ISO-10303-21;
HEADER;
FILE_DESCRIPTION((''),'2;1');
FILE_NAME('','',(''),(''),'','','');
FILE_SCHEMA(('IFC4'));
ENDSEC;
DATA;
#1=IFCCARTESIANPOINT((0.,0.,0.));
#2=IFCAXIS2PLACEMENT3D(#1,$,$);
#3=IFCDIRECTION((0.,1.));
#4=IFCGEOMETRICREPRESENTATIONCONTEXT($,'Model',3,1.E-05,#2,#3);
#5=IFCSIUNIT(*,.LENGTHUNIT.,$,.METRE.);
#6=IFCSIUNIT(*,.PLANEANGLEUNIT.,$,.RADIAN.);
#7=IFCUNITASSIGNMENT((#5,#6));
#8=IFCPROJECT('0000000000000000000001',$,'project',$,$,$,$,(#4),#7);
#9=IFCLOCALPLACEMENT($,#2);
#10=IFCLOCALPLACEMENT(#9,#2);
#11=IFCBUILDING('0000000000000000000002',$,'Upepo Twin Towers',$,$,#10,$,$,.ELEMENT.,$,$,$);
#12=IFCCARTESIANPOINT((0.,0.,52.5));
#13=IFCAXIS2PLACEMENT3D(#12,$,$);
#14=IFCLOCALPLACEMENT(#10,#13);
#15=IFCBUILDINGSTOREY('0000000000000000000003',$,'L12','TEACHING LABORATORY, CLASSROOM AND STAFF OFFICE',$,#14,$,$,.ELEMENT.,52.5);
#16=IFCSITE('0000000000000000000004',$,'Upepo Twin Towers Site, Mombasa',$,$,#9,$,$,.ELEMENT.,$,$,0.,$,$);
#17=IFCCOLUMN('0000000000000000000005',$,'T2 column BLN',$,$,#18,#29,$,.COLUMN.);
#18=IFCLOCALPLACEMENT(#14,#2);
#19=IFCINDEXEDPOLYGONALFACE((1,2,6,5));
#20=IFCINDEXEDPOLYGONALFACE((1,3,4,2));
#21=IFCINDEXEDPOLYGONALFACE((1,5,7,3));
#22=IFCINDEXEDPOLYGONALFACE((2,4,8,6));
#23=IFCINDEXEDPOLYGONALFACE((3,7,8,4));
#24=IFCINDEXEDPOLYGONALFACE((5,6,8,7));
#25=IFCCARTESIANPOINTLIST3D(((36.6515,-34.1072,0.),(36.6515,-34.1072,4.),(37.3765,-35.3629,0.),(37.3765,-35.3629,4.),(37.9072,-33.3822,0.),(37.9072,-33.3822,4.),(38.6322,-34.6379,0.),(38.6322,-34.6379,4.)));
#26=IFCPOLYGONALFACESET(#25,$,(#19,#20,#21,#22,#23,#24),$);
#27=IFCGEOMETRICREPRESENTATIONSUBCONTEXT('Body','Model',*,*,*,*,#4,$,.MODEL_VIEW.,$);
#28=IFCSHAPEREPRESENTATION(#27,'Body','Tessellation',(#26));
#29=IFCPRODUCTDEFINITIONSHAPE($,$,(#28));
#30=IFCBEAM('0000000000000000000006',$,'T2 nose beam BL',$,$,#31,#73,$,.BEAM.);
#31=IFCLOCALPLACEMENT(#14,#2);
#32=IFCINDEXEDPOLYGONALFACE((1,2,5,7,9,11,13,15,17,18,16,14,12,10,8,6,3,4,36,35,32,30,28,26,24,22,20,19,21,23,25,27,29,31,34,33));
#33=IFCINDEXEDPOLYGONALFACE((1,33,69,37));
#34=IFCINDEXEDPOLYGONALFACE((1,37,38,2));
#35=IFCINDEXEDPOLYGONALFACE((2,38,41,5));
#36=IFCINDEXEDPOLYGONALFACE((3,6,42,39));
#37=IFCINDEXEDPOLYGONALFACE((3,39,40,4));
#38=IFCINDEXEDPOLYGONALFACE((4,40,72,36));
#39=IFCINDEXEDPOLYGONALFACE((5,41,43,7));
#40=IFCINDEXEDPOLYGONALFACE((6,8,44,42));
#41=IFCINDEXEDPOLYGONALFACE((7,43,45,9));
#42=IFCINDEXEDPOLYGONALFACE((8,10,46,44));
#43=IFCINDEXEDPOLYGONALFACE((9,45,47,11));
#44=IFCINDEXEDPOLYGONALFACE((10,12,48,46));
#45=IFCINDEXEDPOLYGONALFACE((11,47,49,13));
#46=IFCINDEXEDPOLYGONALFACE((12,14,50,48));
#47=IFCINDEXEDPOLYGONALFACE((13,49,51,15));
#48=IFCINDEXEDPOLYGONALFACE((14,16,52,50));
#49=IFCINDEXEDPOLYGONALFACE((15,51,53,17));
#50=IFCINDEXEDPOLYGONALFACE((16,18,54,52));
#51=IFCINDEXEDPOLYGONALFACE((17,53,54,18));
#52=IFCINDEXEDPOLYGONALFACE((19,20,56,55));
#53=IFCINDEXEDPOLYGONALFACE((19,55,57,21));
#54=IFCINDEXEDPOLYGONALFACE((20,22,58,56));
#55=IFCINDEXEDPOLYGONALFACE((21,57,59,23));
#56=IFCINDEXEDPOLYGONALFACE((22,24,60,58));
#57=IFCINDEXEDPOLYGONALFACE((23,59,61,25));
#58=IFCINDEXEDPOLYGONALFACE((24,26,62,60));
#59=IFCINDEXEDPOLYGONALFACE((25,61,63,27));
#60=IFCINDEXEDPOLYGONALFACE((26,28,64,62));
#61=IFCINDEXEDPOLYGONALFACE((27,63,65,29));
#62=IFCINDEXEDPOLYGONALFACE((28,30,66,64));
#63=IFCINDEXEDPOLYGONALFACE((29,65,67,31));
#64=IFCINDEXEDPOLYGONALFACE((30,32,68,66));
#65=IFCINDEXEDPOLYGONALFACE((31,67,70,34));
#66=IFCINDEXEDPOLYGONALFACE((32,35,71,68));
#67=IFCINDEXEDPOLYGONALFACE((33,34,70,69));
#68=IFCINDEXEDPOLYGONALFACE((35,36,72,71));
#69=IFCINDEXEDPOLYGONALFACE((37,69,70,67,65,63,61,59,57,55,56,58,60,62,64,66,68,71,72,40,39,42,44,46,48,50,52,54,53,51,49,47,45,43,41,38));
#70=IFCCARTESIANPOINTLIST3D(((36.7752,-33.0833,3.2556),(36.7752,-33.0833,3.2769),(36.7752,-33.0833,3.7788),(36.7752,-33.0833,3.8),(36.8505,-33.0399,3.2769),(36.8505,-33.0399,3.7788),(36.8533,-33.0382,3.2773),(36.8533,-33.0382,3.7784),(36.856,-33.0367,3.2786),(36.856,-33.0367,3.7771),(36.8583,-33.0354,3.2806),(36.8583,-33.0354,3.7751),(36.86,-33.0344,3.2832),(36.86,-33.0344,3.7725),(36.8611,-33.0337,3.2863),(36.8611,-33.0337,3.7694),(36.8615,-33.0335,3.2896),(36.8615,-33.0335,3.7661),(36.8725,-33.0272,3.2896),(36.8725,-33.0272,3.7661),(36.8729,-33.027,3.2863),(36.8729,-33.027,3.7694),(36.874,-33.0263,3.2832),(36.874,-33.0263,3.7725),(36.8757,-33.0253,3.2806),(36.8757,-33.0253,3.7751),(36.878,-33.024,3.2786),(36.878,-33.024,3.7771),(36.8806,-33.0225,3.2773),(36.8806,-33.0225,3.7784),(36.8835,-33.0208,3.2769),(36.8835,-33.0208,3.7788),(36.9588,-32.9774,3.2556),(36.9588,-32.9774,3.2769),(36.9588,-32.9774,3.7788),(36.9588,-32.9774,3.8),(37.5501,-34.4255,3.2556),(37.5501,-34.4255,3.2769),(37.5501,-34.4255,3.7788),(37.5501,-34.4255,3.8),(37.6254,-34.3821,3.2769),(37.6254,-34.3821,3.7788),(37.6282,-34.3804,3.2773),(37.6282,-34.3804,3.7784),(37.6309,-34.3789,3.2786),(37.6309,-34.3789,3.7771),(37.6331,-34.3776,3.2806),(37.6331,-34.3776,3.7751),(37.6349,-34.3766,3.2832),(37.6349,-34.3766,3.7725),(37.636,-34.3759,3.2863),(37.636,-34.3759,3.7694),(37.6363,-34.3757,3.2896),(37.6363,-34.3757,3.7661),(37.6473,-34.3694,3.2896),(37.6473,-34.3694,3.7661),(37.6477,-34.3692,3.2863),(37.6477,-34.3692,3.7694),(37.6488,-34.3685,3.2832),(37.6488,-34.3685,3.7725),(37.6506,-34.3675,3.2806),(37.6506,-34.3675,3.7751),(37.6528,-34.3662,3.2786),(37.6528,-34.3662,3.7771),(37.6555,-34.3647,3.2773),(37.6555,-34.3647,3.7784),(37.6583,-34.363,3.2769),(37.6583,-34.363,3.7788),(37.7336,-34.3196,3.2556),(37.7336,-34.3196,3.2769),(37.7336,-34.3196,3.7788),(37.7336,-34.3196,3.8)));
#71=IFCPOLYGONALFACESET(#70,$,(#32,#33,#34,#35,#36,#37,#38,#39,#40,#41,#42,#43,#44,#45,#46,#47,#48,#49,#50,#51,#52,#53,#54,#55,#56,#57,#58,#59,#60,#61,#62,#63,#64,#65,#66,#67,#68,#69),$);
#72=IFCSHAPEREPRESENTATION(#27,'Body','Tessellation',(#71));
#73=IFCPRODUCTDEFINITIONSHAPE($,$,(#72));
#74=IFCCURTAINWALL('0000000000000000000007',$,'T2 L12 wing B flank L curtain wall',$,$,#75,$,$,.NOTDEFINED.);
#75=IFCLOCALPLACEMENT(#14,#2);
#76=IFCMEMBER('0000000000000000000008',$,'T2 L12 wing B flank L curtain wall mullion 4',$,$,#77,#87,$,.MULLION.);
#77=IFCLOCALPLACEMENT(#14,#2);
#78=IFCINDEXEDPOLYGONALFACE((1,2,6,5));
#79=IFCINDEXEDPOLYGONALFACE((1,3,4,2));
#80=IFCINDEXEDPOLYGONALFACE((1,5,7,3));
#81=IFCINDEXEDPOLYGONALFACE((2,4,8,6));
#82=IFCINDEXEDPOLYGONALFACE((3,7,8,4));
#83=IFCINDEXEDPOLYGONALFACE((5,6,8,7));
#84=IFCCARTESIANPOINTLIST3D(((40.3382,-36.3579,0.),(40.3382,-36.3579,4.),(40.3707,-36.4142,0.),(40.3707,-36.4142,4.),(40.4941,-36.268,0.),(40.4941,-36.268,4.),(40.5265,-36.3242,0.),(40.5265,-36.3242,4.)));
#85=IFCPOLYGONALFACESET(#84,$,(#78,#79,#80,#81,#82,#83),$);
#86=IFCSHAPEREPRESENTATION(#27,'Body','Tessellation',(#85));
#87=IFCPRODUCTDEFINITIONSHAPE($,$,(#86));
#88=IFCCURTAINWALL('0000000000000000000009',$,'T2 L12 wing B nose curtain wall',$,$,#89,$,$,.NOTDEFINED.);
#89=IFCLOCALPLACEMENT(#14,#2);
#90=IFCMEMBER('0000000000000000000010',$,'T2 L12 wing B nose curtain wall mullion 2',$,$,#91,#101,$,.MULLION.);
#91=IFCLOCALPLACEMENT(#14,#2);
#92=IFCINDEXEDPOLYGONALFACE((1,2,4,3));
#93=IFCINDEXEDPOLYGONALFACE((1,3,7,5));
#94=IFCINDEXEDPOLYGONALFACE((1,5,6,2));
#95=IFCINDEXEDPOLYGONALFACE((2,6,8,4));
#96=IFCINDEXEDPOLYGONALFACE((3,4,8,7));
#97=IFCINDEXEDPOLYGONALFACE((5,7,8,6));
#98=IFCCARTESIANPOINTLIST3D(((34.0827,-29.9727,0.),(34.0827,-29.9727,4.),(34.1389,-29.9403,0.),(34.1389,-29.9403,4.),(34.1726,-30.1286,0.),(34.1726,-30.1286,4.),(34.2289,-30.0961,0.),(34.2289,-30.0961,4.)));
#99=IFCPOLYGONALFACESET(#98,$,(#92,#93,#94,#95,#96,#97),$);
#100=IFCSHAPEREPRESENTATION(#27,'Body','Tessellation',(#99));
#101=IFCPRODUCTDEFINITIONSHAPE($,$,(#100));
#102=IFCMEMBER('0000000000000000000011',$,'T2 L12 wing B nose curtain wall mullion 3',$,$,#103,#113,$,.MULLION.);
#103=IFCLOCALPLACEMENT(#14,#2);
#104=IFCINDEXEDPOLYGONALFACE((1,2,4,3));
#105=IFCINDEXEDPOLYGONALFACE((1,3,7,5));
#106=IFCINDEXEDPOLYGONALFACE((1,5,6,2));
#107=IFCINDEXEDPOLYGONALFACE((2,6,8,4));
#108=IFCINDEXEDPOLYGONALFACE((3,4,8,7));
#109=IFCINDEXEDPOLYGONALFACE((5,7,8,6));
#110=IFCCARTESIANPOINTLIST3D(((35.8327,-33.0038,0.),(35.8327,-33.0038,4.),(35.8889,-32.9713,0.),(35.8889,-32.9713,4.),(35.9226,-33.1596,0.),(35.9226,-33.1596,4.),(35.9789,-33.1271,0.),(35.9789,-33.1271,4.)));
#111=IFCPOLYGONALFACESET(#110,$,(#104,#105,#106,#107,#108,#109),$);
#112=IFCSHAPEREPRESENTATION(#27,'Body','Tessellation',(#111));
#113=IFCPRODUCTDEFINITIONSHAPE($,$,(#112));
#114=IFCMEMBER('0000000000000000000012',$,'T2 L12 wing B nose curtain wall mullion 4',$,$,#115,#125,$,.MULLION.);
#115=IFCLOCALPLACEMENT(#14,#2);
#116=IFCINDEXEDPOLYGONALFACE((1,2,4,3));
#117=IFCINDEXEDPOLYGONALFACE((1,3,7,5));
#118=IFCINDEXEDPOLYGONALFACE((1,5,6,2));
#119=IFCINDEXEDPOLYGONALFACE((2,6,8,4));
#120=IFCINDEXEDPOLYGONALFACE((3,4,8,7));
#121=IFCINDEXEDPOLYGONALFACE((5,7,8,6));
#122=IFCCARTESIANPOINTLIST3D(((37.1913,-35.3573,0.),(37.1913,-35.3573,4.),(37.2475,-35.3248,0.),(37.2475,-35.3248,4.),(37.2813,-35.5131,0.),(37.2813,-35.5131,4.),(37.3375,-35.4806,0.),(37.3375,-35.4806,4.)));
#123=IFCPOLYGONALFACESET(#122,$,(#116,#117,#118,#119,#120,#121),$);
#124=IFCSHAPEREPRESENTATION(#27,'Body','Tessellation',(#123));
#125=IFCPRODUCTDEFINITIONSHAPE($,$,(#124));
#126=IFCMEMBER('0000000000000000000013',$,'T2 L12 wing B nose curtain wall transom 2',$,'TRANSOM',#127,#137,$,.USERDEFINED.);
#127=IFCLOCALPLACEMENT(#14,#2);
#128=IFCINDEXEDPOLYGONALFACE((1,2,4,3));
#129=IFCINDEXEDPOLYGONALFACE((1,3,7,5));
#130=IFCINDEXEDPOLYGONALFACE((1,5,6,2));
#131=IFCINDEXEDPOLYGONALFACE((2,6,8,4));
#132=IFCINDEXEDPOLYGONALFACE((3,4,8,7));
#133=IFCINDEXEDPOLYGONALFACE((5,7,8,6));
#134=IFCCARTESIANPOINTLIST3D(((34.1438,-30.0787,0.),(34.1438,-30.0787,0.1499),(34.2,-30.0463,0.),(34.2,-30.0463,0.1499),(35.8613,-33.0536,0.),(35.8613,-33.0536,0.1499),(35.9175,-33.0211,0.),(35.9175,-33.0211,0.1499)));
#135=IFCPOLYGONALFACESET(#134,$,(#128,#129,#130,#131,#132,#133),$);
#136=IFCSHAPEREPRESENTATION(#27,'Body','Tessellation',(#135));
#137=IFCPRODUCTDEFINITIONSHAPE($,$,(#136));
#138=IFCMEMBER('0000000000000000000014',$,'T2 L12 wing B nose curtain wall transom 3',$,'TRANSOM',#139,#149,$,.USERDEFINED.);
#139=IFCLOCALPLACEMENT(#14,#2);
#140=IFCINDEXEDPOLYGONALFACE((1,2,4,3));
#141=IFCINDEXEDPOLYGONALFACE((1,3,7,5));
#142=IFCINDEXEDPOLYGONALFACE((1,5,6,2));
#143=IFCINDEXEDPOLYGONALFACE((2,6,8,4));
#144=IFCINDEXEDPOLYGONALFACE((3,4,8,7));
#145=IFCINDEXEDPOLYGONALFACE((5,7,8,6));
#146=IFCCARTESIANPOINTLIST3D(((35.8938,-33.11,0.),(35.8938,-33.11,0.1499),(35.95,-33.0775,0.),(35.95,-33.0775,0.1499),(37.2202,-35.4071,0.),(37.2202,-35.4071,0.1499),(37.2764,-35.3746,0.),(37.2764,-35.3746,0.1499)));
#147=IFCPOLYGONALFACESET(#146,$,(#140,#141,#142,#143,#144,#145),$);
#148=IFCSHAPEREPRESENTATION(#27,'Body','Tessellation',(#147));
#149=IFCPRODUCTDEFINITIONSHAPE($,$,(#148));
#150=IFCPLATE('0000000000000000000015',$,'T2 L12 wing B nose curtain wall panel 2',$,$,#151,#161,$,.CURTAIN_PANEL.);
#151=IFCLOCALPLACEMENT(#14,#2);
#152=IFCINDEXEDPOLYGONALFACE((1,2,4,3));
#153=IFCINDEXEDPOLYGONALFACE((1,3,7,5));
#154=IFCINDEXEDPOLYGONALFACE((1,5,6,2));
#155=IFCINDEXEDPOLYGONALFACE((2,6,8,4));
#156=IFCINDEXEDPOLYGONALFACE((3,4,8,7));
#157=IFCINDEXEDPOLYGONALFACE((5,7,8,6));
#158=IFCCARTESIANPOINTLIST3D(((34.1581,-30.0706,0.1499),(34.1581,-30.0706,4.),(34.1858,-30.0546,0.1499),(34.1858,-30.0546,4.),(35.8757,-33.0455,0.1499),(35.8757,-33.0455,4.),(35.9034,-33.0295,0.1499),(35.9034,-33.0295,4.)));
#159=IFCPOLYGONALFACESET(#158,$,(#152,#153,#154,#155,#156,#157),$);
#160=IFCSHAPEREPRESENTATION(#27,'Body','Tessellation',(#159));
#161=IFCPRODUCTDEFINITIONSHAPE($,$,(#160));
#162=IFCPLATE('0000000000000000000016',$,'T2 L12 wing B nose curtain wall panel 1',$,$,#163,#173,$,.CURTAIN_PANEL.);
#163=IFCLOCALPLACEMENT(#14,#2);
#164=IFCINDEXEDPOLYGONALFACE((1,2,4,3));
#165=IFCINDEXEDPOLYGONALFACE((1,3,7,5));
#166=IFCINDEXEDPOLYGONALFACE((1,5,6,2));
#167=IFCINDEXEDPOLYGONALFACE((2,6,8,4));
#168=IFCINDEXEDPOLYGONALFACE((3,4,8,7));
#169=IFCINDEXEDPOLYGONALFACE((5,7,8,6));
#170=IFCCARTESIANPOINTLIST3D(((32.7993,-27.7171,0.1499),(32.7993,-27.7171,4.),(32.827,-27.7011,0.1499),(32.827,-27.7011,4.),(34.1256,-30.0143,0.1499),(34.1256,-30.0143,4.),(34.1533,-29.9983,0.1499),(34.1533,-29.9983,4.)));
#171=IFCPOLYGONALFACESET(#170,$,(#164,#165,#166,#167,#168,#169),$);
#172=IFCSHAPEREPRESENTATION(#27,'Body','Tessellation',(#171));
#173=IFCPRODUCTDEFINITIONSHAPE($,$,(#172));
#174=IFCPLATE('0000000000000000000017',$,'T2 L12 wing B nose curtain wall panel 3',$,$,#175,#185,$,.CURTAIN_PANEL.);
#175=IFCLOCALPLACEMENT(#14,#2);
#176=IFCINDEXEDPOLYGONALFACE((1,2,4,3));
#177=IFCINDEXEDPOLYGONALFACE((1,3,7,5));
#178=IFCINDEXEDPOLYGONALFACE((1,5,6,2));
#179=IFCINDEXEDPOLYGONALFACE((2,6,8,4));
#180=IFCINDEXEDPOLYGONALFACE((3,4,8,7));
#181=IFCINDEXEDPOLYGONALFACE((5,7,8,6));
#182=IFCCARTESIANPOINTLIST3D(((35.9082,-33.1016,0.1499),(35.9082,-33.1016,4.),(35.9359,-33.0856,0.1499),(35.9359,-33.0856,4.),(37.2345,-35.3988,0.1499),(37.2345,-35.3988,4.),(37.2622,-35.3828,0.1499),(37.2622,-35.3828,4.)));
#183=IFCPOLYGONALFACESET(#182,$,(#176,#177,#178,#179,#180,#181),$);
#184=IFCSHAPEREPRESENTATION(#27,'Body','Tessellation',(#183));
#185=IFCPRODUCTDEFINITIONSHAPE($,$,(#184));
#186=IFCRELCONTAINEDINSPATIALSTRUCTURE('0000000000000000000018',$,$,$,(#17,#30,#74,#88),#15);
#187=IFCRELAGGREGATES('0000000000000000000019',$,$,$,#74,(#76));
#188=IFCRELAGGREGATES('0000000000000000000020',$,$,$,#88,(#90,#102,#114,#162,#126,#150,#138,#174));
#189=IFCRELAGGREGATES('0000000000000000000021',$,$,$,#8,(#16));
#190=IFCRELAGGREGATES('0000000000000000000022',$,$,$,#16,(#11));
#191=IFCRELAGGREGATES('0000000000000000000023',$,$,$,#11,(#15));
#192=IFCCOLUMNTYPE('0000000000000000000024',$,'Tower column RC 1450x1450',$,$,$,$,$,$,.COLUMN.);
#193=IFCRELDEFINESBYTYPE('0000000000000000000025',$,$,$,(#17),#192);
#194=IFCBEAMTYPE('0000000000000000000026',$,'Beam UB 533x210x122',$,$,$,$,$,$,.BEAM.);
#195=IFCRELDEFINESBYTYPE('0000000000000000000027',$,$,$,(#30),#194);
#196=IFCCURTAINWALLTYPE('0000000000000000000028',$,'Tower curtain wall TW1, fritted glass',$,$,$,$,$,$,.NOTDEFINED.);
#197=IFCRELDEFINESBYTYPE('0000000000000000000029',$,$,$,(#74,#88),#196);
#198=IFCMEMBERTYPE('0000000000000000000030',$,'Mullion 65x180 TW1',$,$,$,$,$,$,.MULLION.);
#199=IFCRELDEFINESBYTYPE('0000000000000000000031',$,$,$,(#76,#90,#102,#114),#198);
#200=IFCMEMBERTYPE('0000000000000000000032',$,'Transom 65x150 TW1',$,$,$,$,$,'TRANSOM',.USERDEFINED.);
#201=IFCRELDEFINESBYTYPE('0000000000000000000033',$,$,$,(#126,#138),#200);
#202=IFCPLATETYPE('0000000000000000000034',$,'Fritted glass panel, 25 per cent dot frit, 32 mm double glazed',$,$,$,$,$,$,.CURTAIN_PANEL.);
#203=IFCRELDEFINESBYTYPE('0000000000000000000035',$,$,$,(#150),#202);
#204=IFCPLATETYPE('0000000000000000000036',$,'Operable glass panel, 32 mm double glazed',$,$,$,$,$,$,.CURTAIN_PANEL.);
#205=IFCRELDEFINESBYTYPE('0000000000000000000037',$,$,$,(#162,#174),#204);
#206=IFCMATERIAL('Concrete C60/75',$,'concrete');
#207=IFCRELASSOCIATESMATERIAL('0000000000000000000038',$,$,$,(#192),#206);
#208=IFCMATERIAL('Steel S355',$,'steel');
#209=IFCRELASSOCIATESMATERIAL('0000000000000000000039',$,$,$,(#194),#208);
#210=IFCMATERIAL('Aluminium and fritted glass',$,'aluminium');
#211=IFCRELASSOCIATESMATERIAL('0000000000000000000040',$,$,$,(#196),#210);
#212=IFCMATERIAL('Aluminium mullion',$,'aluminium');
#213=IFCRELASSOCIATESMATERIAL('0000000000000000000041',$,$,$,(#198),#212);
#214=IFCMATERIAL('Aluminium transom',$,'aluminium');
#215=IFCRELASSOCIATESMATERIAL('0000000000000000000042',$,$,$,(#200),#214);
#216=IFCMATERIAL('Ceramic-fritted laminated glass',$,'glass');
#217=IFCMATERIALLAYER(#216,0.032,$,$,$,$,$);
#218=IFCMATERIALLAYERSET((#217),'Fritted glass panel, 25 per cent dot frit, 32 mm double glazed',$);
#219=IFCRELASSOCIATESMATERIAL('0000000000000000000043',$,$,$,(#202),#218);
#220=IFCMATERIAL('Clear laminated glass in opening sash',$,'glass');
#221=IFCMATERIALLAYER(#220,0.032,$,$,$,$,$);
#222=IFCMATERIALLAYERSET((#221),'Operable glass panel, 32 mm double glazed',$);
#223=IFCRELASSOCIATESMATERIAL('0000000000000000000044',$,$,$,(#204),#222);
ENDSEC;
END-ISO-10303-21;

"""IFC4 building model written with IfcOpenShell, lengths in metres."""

from ifc_helpers import new_model, si_unit, direction, frame, origin, origin_2d, place, context, subcontext, project, spatial, rectangle, i_section, extrude, material, layer, layer_set, material_profile, profile_set, type_object, element, aggregate, save


model = new_model("IFC4")

# Units and contexts
model_context = context("Model", 3, precision=1e-05, world=origin(), true_north=direction((0.0, 1.0)))
body_context = subcontext(model_context, "Body", "Model", "MODEL_VIEW")
ifc_project = project(units=[si_unit("LENGTHUNIT", "METRE"), si_unit("PLANEANGLEUNIT", "RADIAN")], contexts=[model_context])

# Site, building, storey
site_placement = place(None, origin())
site = spatial("IfcSite", under=ifc_project, at=site_placement, Name="Upepo Twin Towers Site, Mombasa", CompositionType="ELEMENT", RefElevation=0.0)
building_placement = place(site_placement, origin())
building = spatial("IfcBuilding", under=site, at=building_placement, Name="Upepo Twin Towers", CompositionType="ELEMENT")
storey_placement = place(building_placement, frame((0.0, 0.0, 52.5)))
storey = spatial("IfcBuildingStorey", under=building, at=storey_placement, Name="L12", Description="TEACHING LABORATORY, CLASSROOM AND STAFF OFFICE", CompositionType="ELEMENT", Elevation=52.5)

# Column
ifc_material_1 = material(Name="Concrete C60/75", Category="concrete")
ifc_material_profile_1 = material_profile(ifc_material_1, rectangle(XDim=1.45, YDim=1.45, at=origin_2d()), Name="RC 1450x1450")
ifc_profile_set_1 = profile_set([ifc_material_profile_1], Name="Concrete C60/75")
column_type = type_object("IfcColumnType", Name="Tower column RC 1450x1450", PredefinedType="COLUMN", material=ifc_profile_set_1)
column_placement = place(storey_placement, frame((37.6418, -34.3726, 0.0), z_axis=(0.0, 0.0, 1.0), x_axis=(0.866025, 0.5, 0.0)))
element("IfcColumn", 1, at=column_placement, inside=storey, type_object=column_type, Name="T2 column BLN", PredefinedType="COLUMN", context=body_context, shape_type="SweptSolid", body=[
    extrude(rectangle(XDim=1.45, YDim=1.45, at=origin_2d()), origin(), (0.0, 0.0, 1.0), 4.0),
])

# Beam
ifc_material_2 = material(Name="Steel S355", Category="steel")
ifc_material_profile_2 = material_profile(ifc_material_2, i_section(OverallWidth=0.2119, OverallDepth=0.5444, WebThickness=0.0127, FlangeThickness=0.0212, FilletRadius=0.0127, at=origin_2d()), Name="UB 533x210x122")
ifc_profile_set_2 = profile_set([ifc_material_profile_2], Name="Steel S355")
beam_type = type_object("IfcBeamType", Name="Beam UB 533x210x122", PredefinedType="BEAM", material=ifc_profile_set_2)
beam_placement = place(storey_placement, frame((37.6418, -34.3726, 3.5278), z_axis=(-0.499968, 0.866044, 0.0), x_axis=(-0.866044, -0.499968, 0.0)))
element("IfcBeam", 2, at=beam_placement, inside=storey, type_object=beam_type, Name="T2 nose beam BL", PredefinedType="BEAM", context=body_context, shape_type="SweptSolid", body=[
    extrude(i_section(OverallWidth=0.2119, OverallDepth=0.5444, WebThickness=0.0127, FlangeThickness=0.0212, FilletRadius=0.0127, at=origin_2d()), origin(), (0.0, 0.0, 1.0), 1.5498),
])

# Curtain wall, member
ifc_material_3 = material(Name="Aluminium and fritted glass", Category="aluminium")
curtain_wall_type = type_object("IfcCurtainWallType", Name="Tower curtain wall TW1, fritted glass", PredefinedType="NOTDEFINED", material=ifc_material_3)
curtain_wall_1_placement = place(storey_placement, origin())
curtain_wall_1 = element("IfcCurtainWall", 3, at=curtain_wall_1_placement, inside=storey, type_object=curtain_wall_type, Name="T2 L12 wing B flank L curtain wall", PredefinedType="NOTDEFINED")
ifc_material_4 = material(Name="Aluminium mullion", Category="aluminium")
ifc_material_profile_3 = material_profile(ifc_material_4, rectangle(XDim=0.0649, YDim=0.1799, at=origin_2d()), Name="MULLION 65x180")
ifc_profile_set_3 = profile_set([ifc_material_profile_3], Name="Aluminium mullion")
member_type_1 = type_object("IfcMemberType", Name="Mullion 65x180 TW1", PredefinedType="MULLION", material=ifc_profile_set_3)
member_1_placement = place(storey_placement, frame((40.4324, -36.3411, 0.0), z_axis=(0.0, 0.0, 1.0), x_axis=(0.5, -0.866025, 0.0)))
member_1 = element("IfcMember", 4, at=member_1_placement, type_object=member_type_1, Name="T2 L12 wing B flank L curtain wall mullion 4", PredefinedType="MULLION", context=body_context, shape_type="SweptSolid", body=[
    extrude(rectangle(XDim=0.0649, YDim=0.1799, at=origin_2d()), origin(), (0.0, 0.0, 1.0), 4.0),
])
aggregate(curtain_wall_1, [member_1])

# Curtain wall, members, plates
curtain_wall_2_placement = place(storey_placement, origin())
curtain_wall_2 = element("IfcCurtainWall", 5, at=curtain_wall_2_placement, inside=storey, type_object=curtain_wall_type, Name="T2 L12 wing B nose curtain wall", PredefinedType="NOTDEFINED")
member_2_placement = place(storey_placement, frame((34.1558, -30.0344, 0.0), z_axis=(0.0, 0.0, 1.0), x_axis=(0.866025, 0.5, 0.0)))
member_2 = element("IfcMember", 6, at=member_2_placement, type_object=member_type_1, Name="T2 L12 wing B nose curtain wall mullion 2", PredefinedType="MULLION", context=body_context, shape_type="SweptSolid", body=[
    extrude(rectangle(XDim=0.0649, YDim=0.1799, at=origin_2d()), origin(), (0.0, 0.0, 1.0), 4.0),
])
member_3_placement = place(storey_placement, frame((35.9058, -33.0654, 0.0), z_axis=(0.0, 0.0, 1.0), x_axis=(0.866025, 0.5, 0.0)))
member_3 = element("IfcMember", 7, at=member_3_placement, type_object=member_type_1, Name="T2 L12 wing B nose curtain wall mullion 3", PredefinedType="MULLION", context=body_context, shape_type="SweptSolid", body=[
    extrude(rectangle(XDim=0.0649, YDim=0.1799, at=origin_2d()), origin(), (0.0, 0.0, 1.0), 4.0),
])
member_4_placement = place(storey_placement, frame((37.2644, -35.4189, 0.0), z_axis=(0.0, 0.0, 1.0), x_axis=(0.866025, 0.5, 0.0)))
member_4 = element("IfcMember", 8, at=member_4_placement, type_object=member_type_1, Name="T2 L12 wing B nose curtain wall mullion 4", PredefinedType="MULLION", context=body_context, shape_type="SweptSolid", body=[
    extrude(rectangle(XDim=0.0649, YDim=0.1799, at=origin_2d()), origin(), (0.0, 0.0, 1.0), 4.0),
])
ifc_material_5 = material(Name="Aluminium transom", Category="aluminium")
ifc_material_profile_4 = material_profile(ifc_material_5, rectangle(XDim=0.0649, YDim=0.1499, at=origin_2d()), Name="TRANSOM 65x150")
ifc_profile_set_4 = profile_set([ifc_material_profile_4], Name="Aluminium transom")
member_type_2 = type_object("IfcMemberType", Name="Transom 65x150 TW1", ElementType="TRANSOM", PredefinedType="USERDEFINED", material=ifc_profile_set_4)
member_5_placement = place(storey_placement, frame((34.1719, -30.0625, 0.075), z_axis=(0.499999, -0.866026, 0.0), x_axis=(0.866026, 0.499999, 0.0)))
member_5 = element("IfcMember", 9, at=member_5_placement, type_object=member_type_2, Name="T2 L12 wing B nose curtain wall transom 2", ObjectType="TRANSOM", PredefinedType="USERDEFINED", context=body_context, shape_type="SweptSolid", body=[
    extrude(rectangle(XDim=0.0649, YDim=0.1499, at=origin_2d()), origin(), (0.0, 0.0, 1.0), 3.4351),
])
member_6_placement = place(storey_placement, frame((35.9219, -33.0938, 0.075), z_axis=(0.500049, -0.865997, 0.0), x_axis=(0.865997, 0.500049, 0.0)))
member_6 = element("IfcMember", 10, at=member_6_placement, type_object=member_type_2, Name="T2 L12 wing B nose curtain wall transom 3", ObjectType="TRANSOM", PredefinedType="USERDEFINED", context=body_context, shape_type="SweptSolid", body=[
    extrude(rectangle(XDim=0.0649, YDim=0.1499, at=origin_2d()), origin(), (0.0, 0.0, 1.0), 2.6526),
])
ifc_material_6 = material(Name="Ceramic-fritted laminated glass", Category="glass")
ifc_layer_1 = layer(ifc_material_6, 0.032)
ifc_layer_set_1 = layer_set([ifc_layer_1], Name="Fritted glass panel, 25 per cent dot frit, 32 mm double glazed")
plate_type_1 = type_object("IfcPlateType", Name="Fritted glass panel, 25 per cent dot frit, 32 mm double glazed", PredefinedType="CURTAIN_PANEL", material=ifc_layer_set_1)
plate_1_placement = place(storey_placement, frame((35.0308, -31.55, 0.1499), z_axis=(0.0, 0.0, 1.0), x_axis=(0.5, -0.866025, 0.0)))
plate_1 = element("IfcPlate", 11, at=plate_1_placement, type_object=plate_type_1, Name="T2 L12 wing B nose curtain wall panel 2", PredefinedType="CURTAIN_PANEL", context=body_context, shape_type="SweptSolid", body=[
    extrude(rectangle(XDim=3.4351, YDim=0.032, at=origin_2d()), origin(), (0.0, 0.0, 1.0), 3.8501),
])
ifc_material_7 = material(Name="Clear laminated glass in opening sash", Category="glass")
ifc_layer_2 = layer(ifc_material_7, 0.032)
ifc_layer_set_2 = layer_set([ifc_layer_2], Name="Operable glass panel, 32 mm double glazed")
plate_type_2 = type_object("IfcPlateType", Name="Operable glass panel, 32 mm double glazed", PredefinedType="CURTAIN_PANEL", material=ifc_layer_set_2)
plate_2_placement = place(storey_placement, frame((33.4763, -28.8577, 0.1499), z_axis=(0.0, 0.0, 1.0), x_axis=(0.5, -0.866025, 0.0)))
plate_2 = element("IfcPlate", 12, at=plate_2_placement, type_object=plate_type_2, Name="T2 L12 wing B nose curtain wall panel 1", PredefinedType="CURTAIN_PANEL", context=body_context, shape_type="SweptSolid", body=[
    extrude(rectangle(XDim=2.6526, YDim=0.032, at=origin_2d()), origin(), (0.0, 0.0, 1.0), 3.8501),
])
plate_3_placement = place(storey_placement, frame((36.5852, -34.2422, 0.1499), z_axis=(0.0, 0.0, 1.0), x_axis=(0.5, -0.866025, 0.0)))
plate_3 = element("IfcPlate", 13, at=plate_3_placement, type_object=plate_type_2, Name="T2 L12 wing B nose curtain wall panel 3", PredefinedType="CURTAIN_PANEL", context=body_context, shape_type="SweptSolid", body=[
    extrude(rectangle(XDim=2.6526, YDim=0.032, at=origin_2d()), origin(), (0.0, 0.0, 1.0), 3.8501),
])
aggregate(curtain_wall_2, [member_2, member_3, member_4, plate_2, member_5, plate_1, member_6, plate_3])

save(model, "model.ifc")
